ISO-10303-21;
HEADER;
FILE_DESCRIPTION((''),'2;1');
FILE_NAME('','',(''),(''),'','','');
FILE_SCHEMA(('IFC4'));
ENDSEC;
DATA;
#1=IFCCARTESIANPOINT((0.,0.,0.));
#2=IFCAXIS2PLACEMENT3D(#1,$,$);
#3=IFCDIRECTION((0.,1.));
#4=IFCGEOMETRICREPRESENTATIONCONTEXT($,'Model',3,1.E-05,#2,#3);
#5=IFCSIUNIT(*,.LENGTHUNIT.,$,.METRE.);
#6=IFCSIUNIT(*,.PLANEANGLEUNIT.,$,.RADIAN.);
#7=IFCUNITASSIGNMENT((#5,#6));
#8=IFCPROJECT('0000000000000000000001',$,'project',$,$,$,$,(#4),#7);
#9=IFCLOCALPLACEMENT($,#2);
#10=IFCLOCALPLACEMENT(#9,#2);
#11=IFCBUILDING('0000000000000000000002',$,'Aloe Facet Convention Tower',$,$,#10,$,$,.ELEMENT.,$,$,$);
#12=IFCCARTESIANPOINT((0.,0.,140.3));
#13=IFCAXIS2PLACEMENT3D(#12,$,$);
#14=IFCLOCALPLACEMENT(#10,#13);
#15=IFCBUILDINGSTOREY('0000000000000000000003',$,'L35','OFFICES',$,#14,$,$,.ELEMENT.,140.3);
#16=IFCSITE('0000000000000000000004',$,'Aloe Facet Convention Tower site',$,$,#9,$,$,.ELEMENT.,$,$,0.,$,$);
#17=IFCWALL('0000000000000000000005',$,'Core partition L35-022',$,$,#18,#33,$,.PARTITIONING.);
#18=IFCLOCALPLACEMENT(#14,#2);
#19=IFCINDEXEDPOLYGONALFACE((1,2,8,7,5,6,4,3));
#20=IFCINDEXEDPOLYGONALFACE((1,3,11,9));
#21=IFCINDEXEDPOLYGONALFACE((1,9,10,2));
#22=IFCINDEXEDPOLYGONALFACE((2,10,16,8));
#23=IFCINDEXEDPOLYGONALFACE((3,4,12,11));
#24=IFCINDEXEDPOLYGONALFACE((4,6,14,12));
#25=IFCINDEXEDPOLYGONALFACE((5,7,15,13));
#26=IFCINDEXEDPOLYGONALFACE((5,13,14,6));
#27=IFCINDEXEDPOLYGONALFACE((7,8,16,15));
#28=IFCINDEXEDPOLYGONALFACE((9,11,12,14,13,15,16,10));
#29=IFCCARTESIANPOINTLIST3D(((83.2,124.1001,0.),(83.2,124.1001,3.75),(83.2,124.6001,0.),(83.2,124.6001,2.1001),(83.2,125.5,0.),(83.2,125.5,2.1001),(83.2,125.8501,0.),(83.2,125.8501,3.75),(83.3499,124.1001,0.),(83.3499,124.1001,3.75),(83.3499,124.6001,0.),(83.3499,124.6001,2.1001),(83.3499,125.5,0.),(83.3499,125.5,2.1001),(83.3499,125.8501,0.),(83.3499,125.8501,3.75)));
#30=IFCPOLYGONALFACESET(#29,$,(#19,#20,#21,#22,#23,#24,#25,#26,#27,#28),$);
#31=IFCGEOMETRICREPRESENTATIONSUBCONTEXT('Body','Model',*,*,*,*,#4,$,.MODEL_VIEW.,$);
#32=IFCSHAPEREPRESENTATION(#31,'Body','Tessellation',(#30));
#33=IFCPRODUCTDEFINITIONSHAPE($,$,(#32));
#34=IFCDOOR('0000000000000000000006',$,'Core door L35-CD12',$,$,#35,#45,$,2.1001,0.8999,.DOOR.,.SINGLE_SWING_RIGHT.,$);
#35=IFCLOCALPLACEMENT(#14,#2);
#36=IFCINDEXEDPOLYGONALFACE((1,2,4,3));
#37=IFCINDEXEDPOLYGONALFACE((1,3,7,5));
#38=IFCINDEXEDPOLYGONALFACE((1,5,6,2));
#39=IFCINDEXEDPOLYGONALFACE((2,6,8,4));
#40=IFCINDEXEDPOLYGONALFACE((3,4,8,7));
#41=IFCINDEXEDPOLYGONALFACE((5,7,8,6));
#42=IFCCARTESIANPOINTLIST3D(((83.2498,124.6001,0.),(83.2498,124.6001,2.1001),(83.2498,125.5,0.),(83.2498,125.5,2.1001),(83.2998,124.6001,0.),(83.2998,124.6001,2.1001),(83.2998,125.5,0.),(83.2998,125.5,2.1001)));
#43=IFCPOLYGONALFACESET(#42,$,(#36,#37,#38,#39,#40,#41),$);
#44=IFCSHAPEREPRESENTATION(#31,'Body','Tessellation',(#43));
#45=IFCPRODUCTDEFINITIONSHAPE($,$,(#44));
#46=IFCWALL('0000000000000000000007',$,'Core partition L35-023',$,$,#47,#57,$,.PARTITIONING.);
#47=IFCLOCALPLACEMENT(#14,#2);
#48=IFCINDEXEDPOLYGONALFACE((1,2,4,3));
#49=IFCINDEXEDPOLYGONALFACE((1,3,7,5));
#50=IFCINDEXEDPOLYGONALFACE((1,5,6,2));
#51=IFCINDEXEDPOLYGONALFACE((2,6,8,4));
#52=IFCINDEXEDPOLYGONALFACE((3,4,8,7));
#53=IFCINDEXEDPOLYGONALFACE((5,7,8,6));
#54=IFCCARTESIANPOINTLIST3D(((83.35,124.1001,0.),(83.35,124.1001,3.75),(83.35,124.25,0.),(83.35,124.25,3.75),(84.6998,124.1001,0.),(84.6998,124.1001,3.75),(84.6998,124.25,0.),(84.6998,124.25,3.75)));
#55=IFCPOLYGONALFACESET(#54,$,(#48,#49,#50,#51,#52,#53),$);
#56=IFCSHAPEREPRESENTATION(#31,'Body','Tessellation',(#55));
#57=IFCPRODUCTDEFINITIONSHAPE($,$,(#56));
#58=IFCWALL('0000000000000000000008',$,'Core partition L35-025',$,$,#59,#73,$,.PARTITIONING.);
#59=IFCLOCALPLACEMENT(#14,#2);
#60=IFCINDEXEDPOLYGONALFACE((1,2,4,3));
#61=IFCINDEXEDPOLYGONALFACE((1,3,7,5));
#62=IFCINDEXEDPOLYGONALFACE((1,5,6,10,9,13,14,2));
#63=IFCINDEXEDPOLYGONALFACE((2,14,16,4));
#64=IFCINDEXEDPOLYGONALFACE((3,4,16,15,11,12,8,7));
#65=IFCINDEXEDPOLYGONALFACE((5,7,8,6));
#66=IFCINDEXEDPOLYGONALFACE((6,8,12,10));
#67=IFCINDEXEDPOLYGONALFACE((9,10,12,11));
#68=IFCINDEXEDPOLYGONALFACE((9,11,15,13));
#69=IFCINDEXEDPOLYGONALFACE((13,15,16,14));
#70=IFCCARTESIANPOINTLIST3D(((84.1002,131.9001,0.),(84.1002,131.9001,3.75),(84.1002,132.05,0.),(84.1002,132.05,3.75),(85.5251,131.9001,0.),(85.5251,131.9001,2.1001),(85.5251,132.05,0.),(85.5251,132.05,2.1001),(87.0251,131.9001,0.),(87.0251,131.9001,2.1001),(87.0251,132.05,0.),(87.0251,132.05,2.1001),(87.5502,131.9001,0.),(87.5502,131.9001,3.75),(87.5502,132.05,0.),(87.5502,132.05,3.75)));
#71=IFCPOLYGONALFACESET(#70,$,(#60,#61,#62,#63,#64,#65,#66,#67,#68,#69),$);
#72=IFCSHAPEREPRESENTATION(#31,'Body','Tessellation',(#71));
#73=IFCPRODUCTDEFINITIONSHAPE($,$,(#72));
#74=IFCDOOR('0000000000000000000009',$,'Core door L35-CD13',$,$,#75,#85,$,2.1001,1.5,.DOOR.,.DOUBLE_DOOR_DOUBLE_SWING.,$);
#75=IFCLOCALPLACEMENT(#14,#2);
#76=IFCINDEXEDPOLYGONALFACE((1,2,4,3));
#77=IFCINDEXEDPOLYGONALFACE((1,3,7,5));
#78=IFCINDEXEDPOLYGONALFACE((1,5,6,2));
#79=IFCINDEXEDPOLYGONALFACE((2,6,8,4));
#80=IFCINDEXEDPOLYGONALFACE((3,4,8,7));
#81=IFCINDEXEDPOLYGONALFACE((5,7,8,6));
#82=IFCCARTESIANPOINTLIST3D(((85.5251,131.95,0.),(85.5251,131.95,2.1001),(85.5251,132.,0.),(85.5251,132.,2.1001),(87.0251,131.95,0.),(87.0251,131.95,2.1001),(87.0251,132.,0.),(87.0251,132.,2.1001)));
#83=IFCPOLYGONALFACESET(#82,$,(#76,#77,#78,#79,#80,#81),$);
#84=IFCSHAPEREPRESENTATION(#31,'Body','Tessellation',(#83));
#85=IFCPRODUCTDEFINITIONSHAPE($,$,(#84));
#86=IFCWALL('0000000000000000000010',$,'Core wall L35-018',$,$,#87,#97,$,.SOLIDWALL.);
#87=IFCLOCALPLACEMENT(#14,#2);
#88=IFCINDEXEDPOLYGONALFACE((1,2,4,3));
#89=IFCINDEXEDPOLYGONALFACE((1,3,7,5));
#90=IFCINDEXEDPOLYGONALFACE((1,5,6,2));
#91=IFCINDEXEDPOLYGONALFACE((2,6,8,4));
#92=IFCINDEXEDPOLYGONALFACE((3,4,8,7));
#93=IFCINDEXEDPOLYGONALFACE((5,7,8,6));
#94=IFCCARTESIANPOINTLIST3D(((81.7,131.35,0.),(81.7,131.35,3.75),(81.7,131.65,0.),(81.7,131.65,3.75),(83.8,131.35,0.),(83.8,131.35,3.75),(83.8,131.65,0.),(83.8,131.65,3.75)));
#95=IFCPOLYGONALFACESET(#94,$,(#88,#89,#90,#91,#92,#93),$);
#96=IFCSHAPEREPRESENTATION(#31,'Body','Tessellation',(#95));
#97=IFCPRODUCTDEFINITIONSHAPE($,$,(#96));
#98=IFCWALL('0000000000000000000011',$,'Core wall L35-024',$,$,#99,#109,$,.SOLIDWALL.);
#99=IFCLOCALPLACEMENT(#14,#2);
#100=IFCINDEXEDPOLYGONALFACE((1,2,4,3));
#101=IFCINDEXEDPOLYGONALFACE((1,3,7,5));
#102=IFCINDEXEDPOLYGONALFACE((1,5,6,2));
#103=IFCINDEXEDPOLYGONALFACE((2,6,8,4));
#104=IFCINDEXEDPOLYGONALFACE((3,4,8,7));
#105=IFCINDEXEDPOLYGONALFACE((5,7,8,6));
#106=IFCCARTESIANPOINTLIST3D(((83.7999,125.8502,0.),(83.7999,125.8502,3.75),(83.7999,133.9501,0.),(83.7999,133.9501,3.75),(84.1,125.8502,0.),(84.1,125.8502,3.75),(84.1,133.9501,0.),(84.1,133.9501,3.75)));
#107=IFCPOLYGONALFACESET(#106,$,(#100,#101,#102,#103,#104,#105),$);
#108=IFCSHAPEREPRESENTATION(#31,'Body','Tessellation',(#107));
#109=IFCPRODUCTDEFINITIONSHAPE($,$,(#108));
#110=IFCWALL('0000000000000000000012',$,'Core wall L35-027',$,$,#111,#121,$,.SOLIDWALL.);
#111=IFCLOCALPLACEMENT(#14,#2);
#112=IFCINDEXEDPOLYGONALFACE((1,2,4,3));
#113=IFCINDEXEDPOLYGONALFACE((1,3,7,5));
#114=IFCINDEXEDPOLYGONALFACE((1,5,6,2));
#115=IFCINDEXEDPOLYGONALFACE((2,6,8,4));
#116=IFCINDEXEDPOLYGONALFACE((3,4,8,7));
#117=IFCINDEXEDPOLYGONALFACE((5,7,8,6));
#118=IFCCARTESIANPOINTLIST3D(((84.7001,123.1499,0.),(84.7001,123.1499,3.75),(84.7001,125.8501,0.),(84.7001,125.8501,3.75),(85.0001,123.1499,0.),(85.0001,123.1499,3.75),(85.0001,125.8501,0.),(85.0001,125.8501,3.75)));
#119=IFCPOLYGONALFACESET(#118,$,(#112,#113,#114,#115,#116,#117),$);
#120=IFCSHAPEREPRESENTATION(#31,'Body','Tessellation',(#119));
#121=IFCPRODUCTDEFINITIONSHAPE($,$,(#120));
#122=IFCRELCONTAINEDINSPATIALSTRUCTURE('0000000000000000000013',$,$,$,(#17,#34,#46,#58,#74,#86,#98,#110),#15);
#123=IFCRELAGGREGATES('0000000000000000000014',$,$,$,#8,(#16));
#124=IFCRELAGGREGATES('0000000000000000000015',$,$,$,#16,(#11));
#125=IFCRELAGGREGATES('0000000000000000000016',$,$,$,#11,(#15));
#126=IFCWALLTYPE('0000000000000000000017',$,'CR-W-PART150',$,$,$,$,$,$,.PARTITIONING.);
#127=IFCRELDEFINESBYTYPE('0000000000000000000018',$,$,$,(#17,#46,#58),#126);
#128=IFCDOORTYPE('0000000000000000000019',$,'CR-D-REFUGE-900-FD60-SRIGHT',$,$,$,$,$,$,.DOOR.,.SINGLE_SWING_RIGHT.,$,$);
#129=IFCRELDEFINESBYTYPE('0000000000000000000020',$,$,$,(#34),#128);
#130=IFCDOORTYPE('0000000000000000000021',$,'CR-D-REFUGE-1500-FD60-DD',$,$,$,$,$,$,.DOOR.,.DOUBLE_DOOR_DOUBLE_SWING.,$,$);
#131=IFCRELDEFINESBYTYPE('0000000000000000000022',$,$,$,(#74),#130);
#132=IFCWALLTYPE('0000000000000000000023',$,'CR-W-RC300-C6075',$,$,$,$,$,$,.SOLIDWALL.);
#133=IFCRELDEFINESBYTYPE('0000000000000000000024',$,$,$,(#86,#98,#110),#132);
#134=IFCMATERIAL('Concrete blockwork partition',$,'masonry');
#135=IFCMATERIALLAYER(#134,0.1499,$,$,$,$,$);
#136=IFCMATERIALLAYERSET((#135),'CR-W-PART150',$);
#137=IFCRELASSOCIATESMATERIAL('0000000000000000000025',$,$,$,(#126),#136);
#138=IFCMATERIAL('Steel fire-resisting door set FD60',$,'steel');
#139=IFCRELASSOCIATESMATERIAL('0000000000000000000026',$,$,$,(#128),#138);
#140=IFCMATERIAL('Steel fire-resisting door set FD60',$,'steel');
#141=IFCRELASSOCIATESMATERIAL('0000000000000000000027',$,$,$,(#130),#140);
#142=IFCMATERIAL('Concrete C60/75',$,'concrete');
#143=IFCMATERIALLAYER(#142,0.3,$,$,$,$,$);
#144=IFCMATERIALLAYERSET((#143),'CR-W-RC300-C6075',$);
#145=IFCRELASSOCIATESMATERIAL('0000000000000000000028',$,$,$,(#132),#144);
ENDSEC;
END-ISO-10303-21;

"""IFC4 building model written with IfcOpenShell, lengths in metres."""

from ifc_helpers import new_model, si_unit, direction, frame, frame_2d, origin, place, context, subcontext, project, spatial, rectangle, extrude, material, layer, layer_set, type_object, element, fill, save


model = new_model("IFC4")

# Units and contexts
model_context = context("Model", 3, precision=1e-05, world=origin(), true_north=direction((0.0, 1.0)))
body_context = subcontext(model_context, "Body", "Model", "MODEL_VIEW")
ifc_project = project(units=[si_unit("LENGTHUNIT", "METRE"), si_unit("PLANEANGLEUNIT", "RADIAN")], contexts=[model_context])

# Site, building, storey
site_placement = place(None, origin())
site = spatial("IfcSite", under=ifc_project, at=site_placement, Name="Aloe Facet Convention Tower site", CompositionType="ELEMENT", RefElevation=0.0)
building_placement = place(site_placement, origin())
building = spatial("IfcBuilding", under=site, at=building_placement, Name="Aloe Facet Convention Tower", CompositionType="ELEMENT")
storey_placement = place(building_placement, frame((0.0, 0.0, 140.3)))
storey = spatial("IfcBuildingStorey", under=building, at=storey_placement, Name="L35", Description="OFFICES", CompositionType="ELEMENT", Elevation=140.3)

# Wall, opening, door
ifc_material_1 = material(Name="Concrete blockwork partition", Category="masonry")
ifc_layer_1 = layer(ifc_material_1, 0.1499)
ifc_layer_set_1 = layer_set([ifc_layer_1], Name="CR-W-PART150")
wall_type_1 = type_object("IfcWallType", Name="CR-W-PART150", PredefinedType="PARTITIONING", material=ifc_layer_set_1)
wall_1_placement = place(storey_placement, frame((83.2749, 125.8501, 0.0), z_axis=(0.0, 0.0, 1.0), x_axis=(0.0, -1.0, 0.0)))
wall_1 = element("IfcWall", 1, at=wall_1_placement, inside=storey, type_object=wall_type_1, Name="Core partition L35-022", PredefinedType="PARTITIONING", context=body_context, shape_type="SweptSolid", body=[
    extrude(rectangle(XDim=1.75, YDim=0.1499, at=frame_2d((0.875, 0.0))), origin(), (0.0, 0.0, 1.0), 3.75),
])
opening_1_placement = place(wall_1_placement, frame((0.3501, 0.0, 0.0)))
opening_1 = element("IfcOpeningElement", 2, at=opening_1_placement, cuts=wall_1, PredefinedType="OPENING", context=body_context, shape_type="SweptSolid", body=[
    extrude(rectangle(XDim=0.8999, YDim=2.1001, at=frame_2d((0.45, 1.05))), frame((0.0, 0.085, 0.0), z_axis=(0.0, -1.0, 0.0), x_axis=(1.0, 0.0, 0.0)), (0.0, 0.0, 1.0), 0.1699),
])
ifc_material_2 = material(Name="Steel fire-resisting door set FD60", Category="steel")
door_type_1 = type_object("IfcDoorType", Name="CR-D-REFUGE-900-FD60-SRIGHT", OperationType="SINGLE_SWING_RIGHT", PredefinedType="DOOR", material=ifc_material_2)
door_1_placement = place(opening_1_placement, origin())
door_1 = element("IfcDoor", 3, at=door_1_placement, inside=storey, type_object=door_type_1, Name="Core door L35-CD12", OperationType="SINGLE_SWING_RIGHT", OverallHeight=2.1001, OverallWidth=0.8999, PredefinedType="DOOR", context=body_context, shape_type="SweptSolid", body=[
    extrude(rectangle(XDim=0.8999, YDim=2.1001, at=frame_2d((0.45, 1.05))), frame((0.0, 0.0249, 0.0), z_axis=(0.0, -1.0, 0.0), x_axis=(1.0, 0.0, 0.0)), (0.0, 0.0, 1.0), 0.05),
])
fill(opening_1, door_1)

# Wall
wall_2_placement = place(storey_placement, frame((83.3501, 124.175, 0.0), z_axis=(0.0, 0.0, 1.0), x_axis=(1.0, 0.0, 0.0)))
element("IfcWall", 4, at=wall_2_placement, inside=storey, type_object=wall_type_1, Name="Core partition L35-023", PredefinedType="PARTITIONING", context=body_context, shape_type="SweptSolid", body=[
    extrude(rectangle(XDim=1.3499, YDim=0.1499, at=frame_2d((0.6748, 0.0))), origin(), (0.0, 0.0, 1.0), 3.75),
])

# Wall, opening, door
wall_3_placement = place(storey_placement, frame((84.1001, 131.9751, 0.0), z_axis=(0.0, 0.0, 1.0), x_axis=(1.0, 0.0, 0.0)))
wall_3 = element("IfcWall", 5, at=wall_3_placement, inside=storey, type_object=wall_type_1, Name="Core partition L35-025", PredefinedType="PARTITIONING", context=body_context, shape_type="SweptSolid", body=[
    extrude(rectangle(XDim=3.45, YDim=0.1499, at=frame_2d((1.7251, 0.0))), origin(), (0.0, 0.0, 1.0), 3.75),
])
opening_2_placement = place(wall_3_placement, frame((1.425, 0.0, 0.0)))
opening_2 = element("IfcOpeningElement", 6, at=opening_2_placement, cuts=wall_3, PredefinedType="OPENING", context=body_context, shape_type="SweptSolid", body=[
    extrude(rectangle(XDim=1.5, YDim=2.1001, at=frame_2d((0.75, 1.05))), frame((0.0, 0.085, 0.0), z_axis=(0.0, -1.0, 0.0), x_axis=(1.0, 0.0, 0.0)), (0.0, 0.0, 1.0), 0.1699),
])
ifc_material_3 = material(Name="Steel fire-resisting door set FD60", Category="steel")
door_type_2 = type_object("IfcDoorType", Name="CR-D-REFUGE-1500-FD60-DD", OperationType="DOUBLE_DOOR_DOUBLE_SWING", PredefinedType="DOOR", material=ifc_material_3)
door_2_placement = place(opening_2_placement, origin())
door_2 = element("IfcDoor", 7, at=door_2_placement, inside=storey, type_object=door_type_2, Name="Core door L35-CD13", OperationType="DOUBLE_DOOR_DOUBLE_SWING", OverallHeight=2.1001, OverallWidth=1.5, PredefinedType="DOOR", context=body_context, shape_type="SweptSolid", body=[
    extrude(rectangle(XDim=1.5, YDim=2.1001, at=frame_2d((0.75, 1.05))), frame((0.0, 0.0249, 0.0), z_axis=(0.0, -1.0, 0.0), x_axis=(1.0, 0.0, 0.0)), (0.0, 0.0, 1.0), 0.05),
])
fill(opening_2, door_2)

# Walls
ifc_material_4 = material(Name="Concrete C60/75", Category="concrete")
ifc_layer_2 = layer(ifc_material_4, 0.3)
ifc_layer_set_2 = layer_set([ifc_layer_2], Name="CR-W-RC300-C6075")
wall_type_2 = type_object("IfcWallType", Name="CR-W-RC300-C6075", PredefinedType="SOLIDWALL", material=ifc_layer_set_2)
wall_4_placement = place(storey_placement, frame((81.7, 131.5, 0.0), z_axis=(0.0, 0.0, 1.0), x_axis=(1.0, 0.0, 0.0)))
element("IfcWall", 8, at=wall_4_placement, inside=storey, type_object=wall_type_2, Name="Core wall L35-018", PredefinedType="SOLIDWALL", context=body_context, shape_type="SweptSolid", body=[
    extrude(rectangle(XDim=2.1001, YDim=0.3, at=frame_2d((1.05, 0.0))), origin(), (0.0, 0.0, 1.0), 3.75),
])
wall_5_placement = place(storey_placement, frame((83.95, 133.95, 0.0), z_axis=(0.0, 0.0, 1.0), x_axis=(0.0, -1.0, 0.0)))
element("IfcWall", 9, at=wall_5_placement, inside=storey, type_object=wall_type_2, Name="Core wall L35-024", PredefinedType="SOLIDWALL", context=body_context, shape_type="SweptSolid", body=[
    extrude(rectangle(XDim=8.0999, YDim=0.3, at=frame_2d((4.0498, 0.0))), origin(), (0.0, 0.0, 1.0), 3.75),
])
wall_6_placement = place(storey_placement, frame((84.8501, 125.8501, 0.0), z_axis=(0.0, 0.0, 1.0), x_axis=(0.0, -1.0, 0.0)))
element("IfcWall", 10, at=wall_6_placement, inside=storey, type_object=wall_type_2, Name="Core wall L35-027", PredefinedType="SOLIDWALL", context=body_context, shape_type="SweptSolid", body=[
    extrude(rectangle(XDim=2.7002, YDim=0.3, at=frame_2d((1.3501, 0.0))), origin(), (0.0, 0.0, 1.0), 3.75),
])

save(model, "model.ifc")
